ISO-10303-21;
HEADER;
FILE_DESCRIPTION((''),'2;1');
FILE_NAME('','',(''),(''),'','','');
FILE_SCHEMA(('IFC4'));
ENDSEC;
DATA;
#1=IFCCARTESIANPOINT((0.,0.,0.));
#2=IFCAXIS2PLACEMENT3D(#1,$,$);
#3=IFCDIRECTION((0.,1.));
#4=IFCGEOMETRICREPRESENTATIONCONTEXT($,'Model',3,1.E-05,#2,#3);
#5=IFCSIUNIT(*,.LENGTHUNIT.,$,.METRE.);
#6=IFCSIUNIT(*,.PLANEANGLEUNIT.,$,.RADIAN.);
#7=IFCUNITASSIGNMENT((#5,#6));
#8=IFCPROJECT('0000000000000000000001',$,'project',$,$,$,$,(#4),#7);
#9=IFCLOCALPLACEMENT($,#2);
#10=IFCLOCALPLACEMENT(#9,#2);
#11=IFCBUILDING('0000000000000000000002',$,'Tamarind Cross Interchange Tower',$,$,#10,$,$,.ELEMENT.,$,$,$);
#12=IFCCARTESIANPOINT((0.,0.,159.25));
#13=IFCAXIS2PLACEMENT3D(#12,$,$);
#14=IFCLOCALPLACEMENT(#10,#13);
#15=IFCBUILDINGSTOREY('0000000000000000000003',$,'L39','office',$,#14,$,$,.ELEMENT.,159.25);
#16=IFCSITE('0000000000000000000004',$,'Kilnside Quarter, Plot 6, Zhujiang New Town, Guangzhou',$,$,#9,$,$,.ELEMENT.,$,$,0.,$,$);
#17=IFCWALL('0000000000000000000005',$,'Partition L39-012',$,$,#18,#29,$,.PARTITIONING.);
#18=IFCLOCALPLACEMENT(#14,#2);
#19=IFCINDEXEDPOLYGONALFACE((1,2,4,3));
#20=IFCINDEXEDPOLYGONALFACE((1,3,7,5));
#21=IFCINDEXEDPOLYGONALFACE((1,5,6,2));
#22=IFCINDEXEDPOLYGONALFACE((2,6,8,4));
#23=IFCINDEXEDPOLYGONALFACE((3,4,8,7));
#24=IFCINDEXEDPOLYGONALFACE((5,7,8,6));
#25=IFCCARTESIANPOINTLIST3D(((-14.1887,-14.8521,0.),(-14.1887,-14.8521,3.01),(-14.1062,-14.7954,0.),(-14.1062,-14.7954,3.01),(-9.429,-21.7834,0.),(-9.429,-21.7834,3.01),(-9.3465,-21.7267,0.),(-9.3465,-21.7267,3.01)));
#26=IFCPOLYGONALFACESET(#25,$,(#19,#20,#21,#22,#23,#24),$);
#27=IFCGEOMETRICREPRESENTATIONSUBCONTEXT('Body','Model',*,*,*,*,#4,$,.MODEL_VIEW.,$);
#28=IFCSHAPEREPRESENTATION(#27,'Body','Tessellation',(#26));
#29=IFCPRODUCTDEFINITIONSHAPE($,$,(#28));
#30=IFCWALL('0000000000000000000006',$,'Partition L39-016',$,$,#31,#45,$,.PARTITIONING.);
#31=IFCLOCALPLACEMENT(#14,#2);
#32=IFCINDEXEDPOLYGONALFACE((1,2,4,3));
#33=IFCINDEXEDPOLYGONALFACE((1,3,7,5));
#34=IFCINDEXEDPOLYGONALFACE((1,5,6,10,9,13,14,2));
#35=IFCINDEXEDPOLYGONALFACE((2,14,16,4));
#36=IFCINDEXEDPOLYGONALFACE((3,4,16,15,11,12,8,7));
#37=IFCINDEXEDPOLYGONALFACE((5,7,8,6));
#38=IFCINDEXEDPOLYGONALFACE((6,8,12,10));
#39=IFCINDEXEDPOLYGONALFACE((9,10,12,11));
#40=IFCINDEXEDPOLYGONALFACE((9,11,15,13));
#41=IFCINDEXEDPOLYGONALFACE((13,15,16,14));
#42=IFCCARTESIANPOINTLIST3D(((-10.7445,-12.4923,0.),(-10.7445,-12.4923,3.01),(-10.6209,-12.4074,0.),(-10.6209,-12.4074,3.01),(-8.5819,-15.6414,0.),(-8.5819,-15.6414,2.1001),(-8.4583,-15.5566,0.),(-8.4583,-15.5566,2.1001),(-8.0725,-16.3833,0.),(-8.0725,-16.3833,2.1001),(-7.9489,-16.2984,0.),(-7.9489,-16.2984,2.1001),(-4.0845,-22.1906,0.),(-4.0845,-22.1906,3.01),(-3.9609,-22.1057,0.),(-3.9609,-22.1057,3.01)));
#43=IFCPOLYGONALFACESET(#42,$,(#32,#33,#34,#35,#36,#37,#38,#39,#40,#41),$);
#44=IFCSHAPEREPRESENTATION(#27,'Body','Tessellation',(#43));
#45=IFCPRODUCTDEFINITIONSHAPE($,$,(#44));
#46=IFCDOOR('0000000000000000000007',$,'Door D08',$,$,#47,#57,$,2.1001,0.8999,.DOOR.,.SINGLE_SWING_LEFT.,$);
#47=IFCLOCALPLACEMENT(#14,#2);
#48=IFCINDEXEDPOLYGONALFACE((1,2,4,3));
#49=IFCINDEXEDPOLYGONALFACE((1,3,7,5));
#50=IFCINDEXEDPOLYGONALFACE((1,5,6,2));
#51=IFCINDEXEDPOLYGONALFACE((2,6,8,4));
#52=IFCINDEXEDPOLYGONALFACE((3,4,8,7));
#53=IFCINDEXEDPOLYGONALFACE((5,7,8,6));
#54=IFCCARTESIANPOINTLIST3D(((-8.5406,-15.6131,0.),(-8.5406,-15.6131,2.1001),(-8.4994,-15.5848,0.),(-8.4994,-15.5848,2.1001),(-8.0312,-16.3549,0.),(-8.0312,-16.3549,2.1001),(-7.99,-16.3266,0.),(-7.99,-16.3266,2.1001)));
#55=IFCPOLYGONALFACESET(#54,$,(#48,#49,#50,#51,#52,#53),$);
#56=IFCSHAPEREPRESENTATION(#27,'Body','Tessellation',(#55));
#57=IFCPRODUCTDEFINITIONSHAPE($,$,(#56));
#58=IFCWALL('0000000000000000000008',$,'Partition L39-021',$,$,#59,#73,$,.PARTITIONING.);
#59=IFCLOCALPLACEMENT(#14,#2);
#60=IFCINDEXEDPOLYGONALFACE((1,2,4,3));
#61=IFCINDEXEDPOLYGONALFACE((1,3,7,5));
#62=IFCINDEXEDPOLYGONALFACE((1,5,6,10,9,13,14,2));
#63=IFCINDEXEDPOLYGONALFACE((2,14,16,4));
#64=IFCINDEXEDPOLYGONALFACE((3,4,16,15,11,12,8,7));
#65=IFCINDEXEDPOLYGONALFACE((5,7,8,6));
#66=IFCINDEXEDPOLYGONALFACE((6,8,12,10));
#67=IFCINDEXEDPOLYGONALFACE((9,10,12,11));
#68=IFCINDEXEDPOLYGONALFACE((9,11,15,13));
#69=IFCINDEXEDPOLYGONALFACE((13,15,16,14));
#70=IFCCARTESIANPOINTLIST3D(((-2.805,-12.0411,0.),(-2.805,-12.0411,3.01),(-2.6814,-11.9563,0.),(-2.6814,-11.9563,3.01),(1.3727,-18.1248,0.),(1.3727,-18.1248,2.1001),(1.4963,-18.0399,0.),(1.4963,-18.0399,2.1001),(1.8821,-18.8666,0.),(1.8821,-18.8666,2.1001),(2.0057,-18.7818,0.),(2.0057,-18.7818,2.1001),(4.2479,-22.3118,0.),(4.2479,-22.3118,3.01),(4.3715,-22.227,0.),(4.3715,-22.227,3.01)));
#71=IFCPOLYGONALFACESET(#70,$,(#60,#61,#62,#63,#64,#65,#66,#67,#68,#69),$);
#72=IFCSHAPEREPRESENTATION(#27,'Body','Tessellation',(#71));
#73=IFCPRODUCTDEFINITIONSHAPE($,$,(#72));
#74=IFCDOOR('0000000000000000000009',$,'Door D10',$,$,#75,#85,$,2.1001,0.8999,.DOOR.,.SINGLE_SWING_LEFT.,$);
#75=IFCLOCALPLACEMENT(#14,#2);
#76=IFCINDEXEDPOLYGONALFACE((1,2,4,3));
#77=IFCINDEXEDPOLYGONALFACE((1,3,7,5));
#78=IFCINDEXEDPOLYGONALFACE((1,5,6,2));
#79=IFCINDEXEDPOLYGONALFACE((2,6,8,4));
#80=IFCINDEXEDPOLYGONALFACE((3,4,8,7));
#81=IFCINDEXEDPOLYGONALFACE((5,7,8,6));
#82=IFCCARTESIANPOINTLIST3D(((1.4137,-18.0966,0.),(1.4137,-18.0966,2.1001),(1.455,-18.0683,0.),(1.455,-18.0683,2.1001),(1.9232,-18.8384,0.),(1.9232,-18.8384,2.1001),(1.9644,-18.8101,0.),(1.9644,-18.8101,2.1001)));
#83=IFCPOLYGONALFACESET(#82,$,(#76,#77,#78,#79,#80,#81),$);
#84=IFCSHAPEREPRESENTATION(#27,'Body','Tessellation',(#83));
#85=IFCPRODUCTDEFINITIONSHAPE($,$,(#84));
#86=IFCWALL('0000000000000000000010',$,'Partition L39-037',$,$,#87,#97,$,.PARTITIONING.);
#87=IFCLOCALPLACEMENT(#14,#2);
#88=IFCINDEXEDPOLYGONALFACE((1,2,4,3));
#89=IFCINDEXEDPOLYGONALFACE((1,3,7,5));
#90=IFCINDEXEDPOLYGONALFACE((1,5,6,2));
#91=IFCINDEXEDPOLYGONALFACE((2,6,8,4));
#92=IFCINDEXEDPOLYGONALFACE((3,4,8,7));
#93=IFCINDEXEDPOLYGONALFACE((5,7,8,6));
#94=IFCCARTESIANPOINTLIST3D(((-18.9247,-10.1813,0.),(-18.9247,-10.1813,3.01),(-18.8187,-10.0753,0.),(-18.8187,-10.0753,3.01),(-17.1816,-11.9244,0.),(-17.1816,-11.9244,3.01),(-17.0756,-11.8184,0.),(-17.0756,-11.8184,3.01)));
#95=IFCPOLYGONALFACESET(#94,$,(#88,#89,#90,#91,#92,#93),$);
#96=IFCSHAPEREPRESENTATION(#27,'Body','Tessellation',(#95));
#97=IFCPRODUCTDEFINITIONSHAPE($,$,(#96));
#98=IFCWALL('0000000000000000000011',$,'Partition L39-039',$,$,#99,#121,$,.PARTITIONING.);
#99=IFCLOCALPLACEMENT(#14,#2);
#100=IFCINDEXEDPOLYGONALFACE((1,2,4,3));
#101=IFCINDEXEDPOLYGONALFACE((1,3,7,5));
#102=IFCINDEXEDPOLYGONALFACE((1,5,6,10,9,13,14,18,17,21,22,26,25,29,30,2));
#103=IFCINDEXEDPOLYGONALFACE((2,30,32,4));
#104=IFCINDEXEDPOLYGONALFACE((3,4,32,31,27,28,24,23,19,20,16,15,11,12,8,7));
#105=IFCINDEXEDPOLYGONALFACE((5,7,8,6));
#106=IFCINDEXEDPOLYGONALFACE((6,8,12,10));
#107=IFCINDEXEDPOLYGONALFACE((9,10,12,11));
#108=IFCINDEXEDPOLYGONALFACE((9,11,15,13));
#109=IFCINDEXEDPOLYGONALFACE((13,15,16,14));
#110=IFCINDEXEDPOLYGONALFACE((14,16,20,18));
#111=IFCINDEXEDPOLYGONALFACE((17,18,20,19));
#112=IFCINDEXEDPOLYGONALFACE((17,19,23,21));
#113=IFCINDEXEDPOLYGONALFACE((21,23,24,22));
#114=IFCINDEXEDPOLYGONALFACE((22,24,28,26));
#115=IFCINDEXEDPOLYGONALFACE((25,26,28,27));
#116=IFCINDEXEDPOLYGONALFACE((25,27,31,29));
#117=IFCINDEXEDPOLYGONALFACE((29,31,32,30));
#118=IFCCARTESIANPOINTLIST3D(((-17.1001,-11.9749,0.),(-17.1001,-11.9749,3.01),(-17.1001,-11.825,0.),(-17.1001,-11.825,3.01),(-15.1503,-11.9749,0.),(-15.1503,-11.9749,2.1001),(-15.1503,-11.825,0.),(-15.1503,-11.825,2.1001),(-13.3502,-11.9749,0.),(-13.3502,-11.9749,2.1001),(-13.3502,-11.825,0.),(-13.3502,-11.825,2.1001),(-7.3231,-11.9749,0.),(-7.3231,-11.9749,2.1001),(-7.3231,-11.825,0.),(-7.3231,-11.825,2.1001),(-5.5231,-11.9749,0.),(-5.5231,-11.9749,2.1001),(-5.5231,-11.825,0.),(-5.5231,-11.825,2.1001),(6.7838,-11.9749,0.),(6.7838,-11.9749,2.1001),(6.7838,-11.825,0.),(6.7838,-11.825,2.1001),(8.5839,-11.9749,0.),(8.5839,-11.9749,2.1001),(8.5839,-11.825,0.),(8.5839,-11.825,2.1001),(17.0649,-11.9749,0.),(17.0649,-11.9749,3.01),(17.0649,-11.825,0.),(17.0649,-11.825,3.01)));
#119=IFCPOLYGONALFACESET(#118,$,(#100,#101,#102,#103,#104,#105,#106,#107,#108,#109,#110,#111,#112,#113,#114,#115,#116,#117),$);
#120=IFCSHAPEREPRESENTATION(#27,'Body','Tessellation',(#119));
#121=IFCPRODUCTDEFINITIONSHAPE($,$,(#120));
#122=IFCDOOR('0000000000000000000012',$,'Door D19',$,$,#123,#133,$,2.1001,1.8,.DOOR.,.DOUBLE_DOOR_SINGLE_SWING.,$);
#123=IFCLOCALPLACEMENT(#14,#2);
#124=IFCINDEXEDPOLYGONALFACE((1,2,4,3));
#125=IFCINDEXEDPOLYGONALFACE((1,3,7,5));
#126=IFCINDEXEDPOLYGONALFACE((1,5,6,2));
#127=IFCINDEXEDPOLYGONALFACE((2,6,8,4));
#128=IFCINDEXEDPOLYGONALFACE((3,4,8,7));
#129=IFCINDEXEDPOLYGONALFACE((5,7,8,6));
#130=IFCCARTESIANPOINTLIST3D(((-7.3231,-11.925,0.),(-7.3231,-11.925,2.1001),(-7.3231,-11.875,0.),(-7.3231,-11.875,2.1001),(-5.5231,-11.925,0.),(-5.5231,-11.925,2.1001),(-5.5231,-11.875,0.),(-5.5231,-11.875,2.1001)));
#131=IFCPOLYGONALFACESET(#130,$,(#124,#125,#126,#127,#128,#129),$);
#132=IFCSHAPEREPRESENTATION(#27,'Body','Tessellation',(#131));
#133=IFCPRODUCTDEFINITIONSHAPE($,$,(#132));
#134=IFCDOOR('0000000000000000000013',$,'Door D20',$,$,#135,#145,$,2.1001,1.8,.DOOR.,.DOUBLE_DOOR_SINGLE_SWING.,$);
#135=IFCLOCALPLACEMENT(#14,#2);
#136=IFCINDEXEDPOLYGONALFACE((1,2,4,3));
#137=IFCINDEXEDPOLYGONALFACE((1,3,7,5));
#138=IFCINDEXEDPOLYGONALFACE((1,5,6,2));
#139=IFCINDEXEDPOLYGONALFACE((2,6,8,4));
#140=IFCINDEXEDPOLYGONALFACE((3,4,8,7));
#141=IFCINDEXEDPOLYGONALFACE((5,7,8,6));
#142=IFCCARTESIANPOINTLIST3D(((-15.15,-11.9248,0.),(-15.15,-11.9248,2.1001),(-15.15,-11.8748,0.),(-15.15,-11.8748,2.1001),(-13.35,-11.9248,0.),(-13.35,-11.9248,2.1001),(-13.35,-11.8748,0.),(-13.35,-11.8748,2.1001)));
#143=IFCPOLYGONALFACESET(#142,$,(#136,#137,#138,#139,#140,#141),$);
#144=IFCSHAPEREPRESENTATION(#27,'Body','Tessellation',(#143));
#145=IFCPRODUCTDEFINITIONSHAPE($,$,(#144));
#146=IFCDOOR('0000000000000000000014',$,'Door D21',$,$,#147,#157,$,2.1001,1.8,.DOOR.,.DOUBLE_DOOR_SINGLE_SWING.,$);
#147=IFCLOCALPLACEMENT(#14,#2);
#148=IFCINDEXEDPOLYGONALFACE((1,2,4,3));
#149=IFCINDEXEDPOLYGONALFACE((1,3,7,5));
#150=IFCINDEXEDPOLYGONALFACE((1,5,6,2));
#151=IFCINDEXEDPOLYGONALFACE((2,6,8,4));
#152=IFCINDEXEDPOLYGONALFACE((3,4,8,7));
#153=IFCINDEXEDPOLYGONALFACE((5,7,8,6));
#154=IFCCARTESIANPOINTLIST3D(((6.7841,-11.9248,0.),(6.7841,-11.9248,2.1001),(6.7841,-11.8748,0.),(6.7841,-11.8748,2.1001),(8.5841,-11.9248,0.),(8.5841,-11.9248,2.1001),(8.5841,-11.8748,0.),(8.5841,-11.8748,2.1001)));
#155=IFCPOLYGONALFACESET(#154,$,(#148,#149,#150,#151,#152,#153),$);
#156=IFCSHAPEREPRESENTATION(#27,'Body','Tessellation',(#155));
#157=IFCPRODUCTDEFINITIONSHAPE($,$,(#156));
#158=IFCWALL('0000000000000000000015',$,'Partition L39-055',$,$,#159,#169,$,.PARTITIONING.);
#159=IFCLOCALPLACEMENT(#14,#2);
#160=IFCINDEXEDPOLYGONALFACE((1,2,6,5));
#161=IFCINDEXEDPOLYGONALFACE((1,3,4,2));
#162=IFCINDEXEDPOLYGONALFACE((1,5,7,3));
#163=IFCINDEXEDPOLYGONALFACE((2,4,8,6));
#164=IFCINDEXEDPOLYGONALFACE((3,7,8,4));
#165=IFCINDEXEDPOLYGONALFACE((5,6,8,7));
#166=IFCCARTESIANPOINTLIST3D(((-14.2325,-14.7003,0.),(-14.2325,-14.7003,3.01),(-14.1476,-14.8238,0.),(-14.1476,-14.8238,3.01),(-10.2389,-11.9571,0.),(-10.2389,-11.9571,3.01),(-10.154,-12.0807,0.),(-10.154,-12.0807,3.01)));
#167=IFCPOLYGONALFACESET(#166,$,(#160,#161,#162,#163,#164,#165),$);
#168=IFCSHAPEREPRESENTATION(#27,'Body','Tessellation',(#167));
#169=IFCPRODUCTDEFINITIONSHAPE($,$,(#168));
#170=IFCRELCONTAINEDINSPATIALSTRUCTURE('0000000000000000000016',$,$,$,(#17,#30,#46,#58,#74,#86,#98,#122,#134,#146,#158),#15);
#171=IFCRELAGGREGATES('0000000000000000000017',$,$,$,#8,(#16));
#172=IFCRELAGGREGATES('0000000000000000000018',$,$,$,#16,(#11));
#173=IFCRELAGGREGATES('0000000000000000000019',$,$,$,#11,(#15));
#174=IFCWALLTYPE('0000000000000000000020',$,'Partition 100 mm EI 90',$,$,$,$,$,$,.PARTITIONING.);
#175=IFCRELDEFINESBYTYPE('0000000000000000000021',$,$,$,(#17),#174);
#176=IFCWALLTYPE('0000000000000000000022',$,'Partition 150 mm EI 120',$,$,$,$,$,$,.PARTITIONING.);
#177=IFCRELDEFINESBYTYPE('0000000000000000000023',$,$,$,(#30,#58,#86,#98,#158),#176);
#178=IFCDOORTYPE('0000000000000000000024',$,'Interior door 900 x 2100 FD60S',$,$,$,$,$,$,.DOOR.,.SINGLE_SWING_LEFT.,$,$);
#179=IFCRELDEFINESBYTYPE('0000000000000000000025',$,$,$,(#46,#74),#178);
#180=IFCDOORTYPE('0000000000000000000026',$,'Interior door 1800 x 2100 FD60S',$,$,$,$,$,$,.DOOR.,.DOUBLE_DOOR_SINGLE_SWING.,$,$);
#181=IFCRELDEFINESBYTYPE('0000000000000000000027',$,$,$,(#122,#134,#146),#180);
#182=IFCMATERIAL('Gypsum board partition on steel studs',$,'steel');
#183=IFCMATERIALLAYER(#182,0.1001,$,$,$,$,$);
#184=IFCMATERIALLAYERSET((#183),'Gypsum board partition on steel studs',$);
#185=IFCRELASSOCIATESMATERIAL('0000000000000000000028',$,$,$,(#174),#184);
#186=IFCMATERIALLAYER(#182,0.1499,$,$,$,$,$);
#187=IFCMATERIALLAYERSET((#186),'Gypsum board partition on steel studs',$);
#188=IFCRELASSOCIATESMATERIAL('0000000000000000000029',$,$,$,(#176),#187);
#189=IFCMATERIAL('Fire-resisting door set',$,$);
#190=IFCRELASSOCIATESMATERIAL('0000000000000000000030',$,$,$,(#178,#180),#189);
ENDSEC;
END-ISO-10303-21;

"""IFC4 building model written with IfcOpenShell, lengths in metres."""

from ifc_helpers import new_model, si_unit, direction, frame, frame_2d, origin, place, context, subcontext, project, spatial, rectangle, extrude, material, layer, layer_set, type_object, element, fill, save


model = new_model("IFC4")

# Units and contexts
model_context = context("Model", 3, precision=1e-05, world=origin(), true_north=direction((0.0, 1.0)))
body_context = subcontext(model_context, "Body", "Model", "MODEL_VIEW")
ifc_project = project(units=[si_unit("LENGTHUNIT", "METRE"), si_unit("PLANEANGLEUNIT", "RADIAN")], contexts=[model_context])

# Site, building, storey
site_placement = place(None, origin())
site = spatial("IfcSite", under=ifc_project, at=site_placement, Name="Kilnside Quarter, Plot 6, Zhujiang New Town, Guangzhou", CompositionType="ELEMENT", RefElevation=0.0)
building_placement = place(site_placement, origin())
building = spatial("IfcBuilding", under=site, at=building_placement, Name="Tamarind Cross Interchange Tower", CompositionType="ELEMENT")
storey_placement = place(building_placement, frame((0.0, 0.0, 159.25)))
storey = spatial("IfcBuildingStorey", under=building, at=storey_placement, Name="L39", Description="office", CompositionType="ELEMENT", Elevation=159.25)

# Wall
ifc_material_1 = material(Name="Gypsum board partition on steel studs", Category="steel")
ifc_layer_1 = layer(ifc_material_1, 0.1001)
ifc_layer_set_1 = layer_set([ifc_layer_1], Name="Gypsum board partition on steel studs")
wall_type_1 = type_object("IfcWallType", Name="Partition 100 mm EI 90", PredefinedType="PARTITIONING", material=ifc_layer_set_1)
wall_1_placement = place(storey_placement, frame((-14.1475, -14.8237, 0.0), z_axis=(0.0, 0.0, 1.0), x_axis=(0.566079, -0.824351, 0.0)))
element("IfcWall", 1, at=wall_1_placement, inside=storey, type_object=wall_type_1, Name="Partition L39-012", PredefinedType="PARTITIONING", context=body_context, shape_type="SweptSolid", body=[
    extrude(rectangle(XDim=8.4082, YDim=0.1001, at=frame_2d((4.2041, 0.0))), origin(), (0.0, 0.0, 1.0), 3.01),
])

# Walls, openings, doors
ifc_layer_2 = layer(ifc_material_1, 0.1499)
ifc_layer_set_2 = layer_set([ifc_layer_2], Name="Gypsum board partition on steel studs")
wall_type_2 = type_object("IfcWallType", Name="Partition 150 mm EI 120", PredefinedType="PARTITIONING", material=ifc_layer_set_2)
wall_2_placement = place(storey_placement, frame((-10.6826, -12.45, 0.0), z_axis=(0.0, 0.0, 1.0), x_axis=(0.566088, -0.824345, 0.0)))
wall_2 = element("IfcWall", 2, at=wall_2_placement, inside=storey, type_object=wall_type_2, Name="Partition L39-016", PredefinedType="PARTITIONING", context=body_context, shape_type="SweptSolid", body=[
    extrude(rectangle(XDim=11.7649, YDim=0.1499, at=frame_2d((5.8823, 0.0))), origin(), (0.0, 0.0, 1.0), 3.01),
])
opening_1_placement = place(wall_2_placement, frame((3.8201, 0.0, 0.0)))
opening_1 = element("IfcOpeningElement", 3, at=opening_1_placement, cuts=wall_2, PredefinedType="OPENING", context=body_context, shape_type="SweptSolid", body=[
    extrude(rectangle(XDim=0.8999, YDim=2.1001, at=frame_2d((0.45, 1.05))), frame((0.0, 0.085, 0.0), z_axis=(0.0, -1.0, 0.0), x_axis=(1.0, 0.0, 0.0)), (0.0, 0.0, 1.0), 0.1699),
])
ifc_material_2 = material(Name="Fire-resisting door set")
door_type_1 = type_object("IfcDoorType", Name="Interior door 900 x 2100 FD60S", OperationType="SINGLE_SWING_LEFT", PredefinedType="DOOR", material=ifc_material_2)
door_1_placement = place(opening_1_placement, frame((0.8999, 0.0, 0.0), z_axis=(0.0, 0.0, 1.0), x_axis=(-1.0, 0.0, 0.0)))
door_1 = element("IfcDoor", 4, at=door_1_placement, inside=storey, type_object=door_type_1, Name="Door D08", OperationType="SINGLE_SWING_LEFT", OverallHeight=2.1001, OverallWidth=0.8999, PredefinedType="DOOR", context=body_context, shape_type="SweptSolid", body=[
    extrude(rectangle(XDim=0.8999, YDim=2.1001, at=frame_2d((0.45, 1.05))), frame((0.0, 0.0249, 0.0), z_axis=(0.0, -1.0, 0.0), x_axis=(1.0, 0.0, 0.0)), (0.0, 0.0, 1.0), 0.05),
])
fill(opening_1, door_1)
wall_3_placement = place(storey_placement, frame((-2.7432, -11.9988, 0.0), z_axis=(0.0, 0.0, 1.0), x_axis=(0.566084, -0.824348, 0.0)))
wall_3 = element("IfcWall", 5, at=wall_3_placement, inside=storey, type_object=wall_type_2, Name="Partition L39-021", PredefinedType="PARTITIONING", context=body_context, shape_type="SweptSolid", body=[
    extrude(rectangle(XDim=12.4592, YDim=0.1499, at=frame_2d((6.2295, 0.0))), origin(), (0.0, 0.0, 1.0), 3.01),
])
opening_2_placement = place(wall_3_placement, frame((7.3799, 0.0, 0.0)))
opening_2 = element("IfcOpeningElement", 6, at=opening_2_placement, cuts=wall_3, PredefinedType="OPENING", context=body_context, shape_type="SweptSolid", body=[
    extrude(rectangle(XDim=0.8999, YDim=2.1001, at=frame_2d((0.45, 1.05))), frame((0.0, 0.085, 0.0), z_axis=(0.0, -1.0, 0.0), x_axis=(1.0, 0.0, 0.0)), (0.0, 0.0, 1.0), 0.1699),
])
door_2_placement = place(opening_2_placement, origin())
door_2 = element("IfcDoor", 7, at=door_2_placement, inside=storey, type_object=door_type_1, Name="Door D10", OperationType="SINGLE_SWING_LEFT", OverallHeight=2.1001, OverallWidth=0.8999, PredefinedType="DOOR", context=body_context, shape_type="SweptSolid", body=[
    extrude(rectangle(XDim=0.8999, YDim=2.1001, at=frame_2d((0.45, 1.05))), frame((0.0, 0.0249, 0.0), z_axis=(0.0, -1.0, 0.0), x_axis=(1.0, 0.0, 0.0)), (0.0, 0.0, 1.0), 0.05),
])
fill(opening_2, door_2)

# Wall
wall_4_placement = place(storey_placement, frame((-18.8716, -10.1284, 0.0), z_axis=(0.0, 0.0, 1.0), x_axis=(0.707107, -0.707107, 0.0)))
element("IfcWall", 8, at=wall_4_placement, inside=storey, type_object=wall_type_2, Name="Partition L39-037", PredefinedType="PARTITIONING", context=body_context, shape_type="SweptSolid", body=[
    extrude(rectangle(XDim=2.4651, YDim=0.1499, at=frame_2d((1.2324, 0.0))), origin(), (0.0, 0.0, 1.0), 3.01),
])

# Wall, openings, doors
wall_5_placement = place(storey_placement, frame((-17.1001, -11.8999, 0.0), z_axis=(0.0, 0.0, 1.0), x_axis=(1.0, 0.0, 0.0)))
wall_5 = element("IfcWall", 9, at=wall_5_placement, inside=storey, type_object=wall_type_2, Name="Partition L39-039", PredefinedType="PARTITIONING", context=body_context, shape_type="SweptSolid", body=[
    extrude(rectangle(XDim=34.165, YDim=0.1499, at=frame_2d((17.0825, 0.0))), origin(), (0.0, 0.0, 1.0), 3.01),
])
opening_3_placement = place(wall_5_placement, frame((9.7771, 0.0, 0.0)))
opening_3 = element("IfcOpeningElement", 10, at=opening_3_placement, cuts=wall_5, PredefinedType="OPENING", context=body_context, shape_type="SweptSolid", body=[
    extrude(rectangle(XDim=1.8, YDim=2.1001, at=frame_2d((0.8999, 1.05))), frame((0.0, 0.085, 0.0), z_axis=(0.0, -1.0, 0.0), x_axis=(1.0, 0.0, 0.0)), (0.0, 0.0, 1.0), 0.1699),
])
opening_4_placement = place(wall_5_placement, frame((1.95, 0.0, 0.0)))
opening_4 = element("IfcOpeningElement", 11, at=opening_4_placement, cuts=wall_5, PredefinedType="OPENING", context=body_context, shape_type="SweptSolid", body=[
    extrude(rectangle(XDim=1.8, YDim=2.1001, at=frame_2d((0.8999, 1.05))), frame((0.0, 0.085, 0.0), z_axis=(0.0, -1.0, 0.0), x_axis=(1.0, 0.0, 0.0)), (0.0, 0.0, 1.0), 0.1699),
])
opening_5_placement = place(wall_5_placement, frame((23.884, 0.0, 0.0)))
opening_5 = element("IfcOpeningElement", 12, at=opening_5_placement, cuts=wall_5, PredefinedType="OPENING", context=body_context, shape_type="SweptSolid", body=[
    extrude(rectangle(XDim=1.8, YDim=2.1001, at=frame_2d((0.8999, 1.05))), frame((0.0, 0.085, 0.0), z_axis=(0.0, -1.0, 0.0), x_axis=(1.0, 0.0, 0.0)), (0.0, 0.0, 1.0), 0.1699),
])
door_type_2 = type_object("IfcDoorType", Name="Interior door 1800 x 2100 FD60S", OperationType="DOUBLE_DOOR_SINGLE_SWING", PredefinedType="DOOR", material=ifc_material_2)
door_3_placement = place(opening_3_placement, origin())
door_3 = element("IfcDoor", 13, at=door_3_placement, inside=storey, type_object=door_type_2, Name="Door D19", OperationType="DOUBLE_DOOR_SINGLE_SWING", OverallHeight=2.1001, OverallWidth=1.8, PredefinedType="DOOR", context=body_context, shape_type="SweptSolid", body=[
    extrude(rectangle(XDim=1.8, YDim=2.1001, at=frame_2d((0.8999, 1.05))), frame((0.0, 0.0249, 0.0), z_axis=(0.0, -1.0, 0.0), x_axis=(1.0, 0.0, 0.0)), (0.0, 0.0, 1.0), 0.05),
])
fill(opening_3, door_3)
door_4_placement = place(opening_4_placement, frame((1.8, 0.0, 0.0), z_axis=(0.0, 0.0, 1.0), x_axis=(-1.0, 0.0, 0.0)))
door_4 = element("IfcDoor", 14, at=door_4_placement, inside=storey, type_object=door_type_2, Name="Door D20", OperationType="DOUBLE_DOOR_SINGLE_SWING", OverallHeight=2.1001, OverallWidth=1.8, PredefinedType="DOOR", context=body_context, shape_type="SweptSolid", body=[
    extrude(rectangle(XDim=1.8, YDim=2.1001, at=frame_2d((0.8999, 1.05))), frame((0.0, 0.0249, 0.0), z_axis=(0.0, -1.0, 0.0), x_axis=(1.0, 0.0, 0.0)), (0.0, 0.0, 1.0), 0.05),
])
fill(opening_4, door_4)
door_5_placement = place(opening_5_placement, frame((1.8, 0.0, 0.0), z_axis=(0.0, 0.0, 1.0), x_axis=(-1.0, 0.0, 0.0)))
door_5 = element("IfcDoor", 15, at=door_5_placement, inside=storey, type_object=door_type_2, Name="Door D21", OperationType="DOUBLE_DOOR_SINGLE_SWING", OverallHeight=2.1001, OverallWidth=1.8, PredefinedType="DOOR", context=body_context, shape_type="SweptSolid", body=[
    extrude(rectangle(XDim=1.8, YDim=2.1001, at=frame_2d((0.8999, 1.05))), frame((0.0, 0.0249, 0.0), z_axis=(0.0, -1.0, 0.0), x_axis=(1.0, 0.0, 0.0)), (0.0, 0.0, 1.0), 0.05),
])
fill(opening_5, door_5)

# Wall
wall_6_placement = place(storey_placement, frame((-14.1899, -14.762, 0.0), z_axis=(0.0, 0.0, 1.0), x_axis=(0.82428, 0.566182, 0.0)))
element("IfcWall", 16, at=wall_6_placement, inside=storey, type_object=wall_type_2, Name="Partition L39-055", PredefinedType="PARTITIONING", context=body_context, shape_type="SweptSolid", body=[
    extrude(rectangle(XDim=4.845, YDim=0.1499, at=frame_2d((2.4224, 0.0))), origin(), (0.0, 0.0, 1.0), 3.01),
])

save(model, "model.ifc")
